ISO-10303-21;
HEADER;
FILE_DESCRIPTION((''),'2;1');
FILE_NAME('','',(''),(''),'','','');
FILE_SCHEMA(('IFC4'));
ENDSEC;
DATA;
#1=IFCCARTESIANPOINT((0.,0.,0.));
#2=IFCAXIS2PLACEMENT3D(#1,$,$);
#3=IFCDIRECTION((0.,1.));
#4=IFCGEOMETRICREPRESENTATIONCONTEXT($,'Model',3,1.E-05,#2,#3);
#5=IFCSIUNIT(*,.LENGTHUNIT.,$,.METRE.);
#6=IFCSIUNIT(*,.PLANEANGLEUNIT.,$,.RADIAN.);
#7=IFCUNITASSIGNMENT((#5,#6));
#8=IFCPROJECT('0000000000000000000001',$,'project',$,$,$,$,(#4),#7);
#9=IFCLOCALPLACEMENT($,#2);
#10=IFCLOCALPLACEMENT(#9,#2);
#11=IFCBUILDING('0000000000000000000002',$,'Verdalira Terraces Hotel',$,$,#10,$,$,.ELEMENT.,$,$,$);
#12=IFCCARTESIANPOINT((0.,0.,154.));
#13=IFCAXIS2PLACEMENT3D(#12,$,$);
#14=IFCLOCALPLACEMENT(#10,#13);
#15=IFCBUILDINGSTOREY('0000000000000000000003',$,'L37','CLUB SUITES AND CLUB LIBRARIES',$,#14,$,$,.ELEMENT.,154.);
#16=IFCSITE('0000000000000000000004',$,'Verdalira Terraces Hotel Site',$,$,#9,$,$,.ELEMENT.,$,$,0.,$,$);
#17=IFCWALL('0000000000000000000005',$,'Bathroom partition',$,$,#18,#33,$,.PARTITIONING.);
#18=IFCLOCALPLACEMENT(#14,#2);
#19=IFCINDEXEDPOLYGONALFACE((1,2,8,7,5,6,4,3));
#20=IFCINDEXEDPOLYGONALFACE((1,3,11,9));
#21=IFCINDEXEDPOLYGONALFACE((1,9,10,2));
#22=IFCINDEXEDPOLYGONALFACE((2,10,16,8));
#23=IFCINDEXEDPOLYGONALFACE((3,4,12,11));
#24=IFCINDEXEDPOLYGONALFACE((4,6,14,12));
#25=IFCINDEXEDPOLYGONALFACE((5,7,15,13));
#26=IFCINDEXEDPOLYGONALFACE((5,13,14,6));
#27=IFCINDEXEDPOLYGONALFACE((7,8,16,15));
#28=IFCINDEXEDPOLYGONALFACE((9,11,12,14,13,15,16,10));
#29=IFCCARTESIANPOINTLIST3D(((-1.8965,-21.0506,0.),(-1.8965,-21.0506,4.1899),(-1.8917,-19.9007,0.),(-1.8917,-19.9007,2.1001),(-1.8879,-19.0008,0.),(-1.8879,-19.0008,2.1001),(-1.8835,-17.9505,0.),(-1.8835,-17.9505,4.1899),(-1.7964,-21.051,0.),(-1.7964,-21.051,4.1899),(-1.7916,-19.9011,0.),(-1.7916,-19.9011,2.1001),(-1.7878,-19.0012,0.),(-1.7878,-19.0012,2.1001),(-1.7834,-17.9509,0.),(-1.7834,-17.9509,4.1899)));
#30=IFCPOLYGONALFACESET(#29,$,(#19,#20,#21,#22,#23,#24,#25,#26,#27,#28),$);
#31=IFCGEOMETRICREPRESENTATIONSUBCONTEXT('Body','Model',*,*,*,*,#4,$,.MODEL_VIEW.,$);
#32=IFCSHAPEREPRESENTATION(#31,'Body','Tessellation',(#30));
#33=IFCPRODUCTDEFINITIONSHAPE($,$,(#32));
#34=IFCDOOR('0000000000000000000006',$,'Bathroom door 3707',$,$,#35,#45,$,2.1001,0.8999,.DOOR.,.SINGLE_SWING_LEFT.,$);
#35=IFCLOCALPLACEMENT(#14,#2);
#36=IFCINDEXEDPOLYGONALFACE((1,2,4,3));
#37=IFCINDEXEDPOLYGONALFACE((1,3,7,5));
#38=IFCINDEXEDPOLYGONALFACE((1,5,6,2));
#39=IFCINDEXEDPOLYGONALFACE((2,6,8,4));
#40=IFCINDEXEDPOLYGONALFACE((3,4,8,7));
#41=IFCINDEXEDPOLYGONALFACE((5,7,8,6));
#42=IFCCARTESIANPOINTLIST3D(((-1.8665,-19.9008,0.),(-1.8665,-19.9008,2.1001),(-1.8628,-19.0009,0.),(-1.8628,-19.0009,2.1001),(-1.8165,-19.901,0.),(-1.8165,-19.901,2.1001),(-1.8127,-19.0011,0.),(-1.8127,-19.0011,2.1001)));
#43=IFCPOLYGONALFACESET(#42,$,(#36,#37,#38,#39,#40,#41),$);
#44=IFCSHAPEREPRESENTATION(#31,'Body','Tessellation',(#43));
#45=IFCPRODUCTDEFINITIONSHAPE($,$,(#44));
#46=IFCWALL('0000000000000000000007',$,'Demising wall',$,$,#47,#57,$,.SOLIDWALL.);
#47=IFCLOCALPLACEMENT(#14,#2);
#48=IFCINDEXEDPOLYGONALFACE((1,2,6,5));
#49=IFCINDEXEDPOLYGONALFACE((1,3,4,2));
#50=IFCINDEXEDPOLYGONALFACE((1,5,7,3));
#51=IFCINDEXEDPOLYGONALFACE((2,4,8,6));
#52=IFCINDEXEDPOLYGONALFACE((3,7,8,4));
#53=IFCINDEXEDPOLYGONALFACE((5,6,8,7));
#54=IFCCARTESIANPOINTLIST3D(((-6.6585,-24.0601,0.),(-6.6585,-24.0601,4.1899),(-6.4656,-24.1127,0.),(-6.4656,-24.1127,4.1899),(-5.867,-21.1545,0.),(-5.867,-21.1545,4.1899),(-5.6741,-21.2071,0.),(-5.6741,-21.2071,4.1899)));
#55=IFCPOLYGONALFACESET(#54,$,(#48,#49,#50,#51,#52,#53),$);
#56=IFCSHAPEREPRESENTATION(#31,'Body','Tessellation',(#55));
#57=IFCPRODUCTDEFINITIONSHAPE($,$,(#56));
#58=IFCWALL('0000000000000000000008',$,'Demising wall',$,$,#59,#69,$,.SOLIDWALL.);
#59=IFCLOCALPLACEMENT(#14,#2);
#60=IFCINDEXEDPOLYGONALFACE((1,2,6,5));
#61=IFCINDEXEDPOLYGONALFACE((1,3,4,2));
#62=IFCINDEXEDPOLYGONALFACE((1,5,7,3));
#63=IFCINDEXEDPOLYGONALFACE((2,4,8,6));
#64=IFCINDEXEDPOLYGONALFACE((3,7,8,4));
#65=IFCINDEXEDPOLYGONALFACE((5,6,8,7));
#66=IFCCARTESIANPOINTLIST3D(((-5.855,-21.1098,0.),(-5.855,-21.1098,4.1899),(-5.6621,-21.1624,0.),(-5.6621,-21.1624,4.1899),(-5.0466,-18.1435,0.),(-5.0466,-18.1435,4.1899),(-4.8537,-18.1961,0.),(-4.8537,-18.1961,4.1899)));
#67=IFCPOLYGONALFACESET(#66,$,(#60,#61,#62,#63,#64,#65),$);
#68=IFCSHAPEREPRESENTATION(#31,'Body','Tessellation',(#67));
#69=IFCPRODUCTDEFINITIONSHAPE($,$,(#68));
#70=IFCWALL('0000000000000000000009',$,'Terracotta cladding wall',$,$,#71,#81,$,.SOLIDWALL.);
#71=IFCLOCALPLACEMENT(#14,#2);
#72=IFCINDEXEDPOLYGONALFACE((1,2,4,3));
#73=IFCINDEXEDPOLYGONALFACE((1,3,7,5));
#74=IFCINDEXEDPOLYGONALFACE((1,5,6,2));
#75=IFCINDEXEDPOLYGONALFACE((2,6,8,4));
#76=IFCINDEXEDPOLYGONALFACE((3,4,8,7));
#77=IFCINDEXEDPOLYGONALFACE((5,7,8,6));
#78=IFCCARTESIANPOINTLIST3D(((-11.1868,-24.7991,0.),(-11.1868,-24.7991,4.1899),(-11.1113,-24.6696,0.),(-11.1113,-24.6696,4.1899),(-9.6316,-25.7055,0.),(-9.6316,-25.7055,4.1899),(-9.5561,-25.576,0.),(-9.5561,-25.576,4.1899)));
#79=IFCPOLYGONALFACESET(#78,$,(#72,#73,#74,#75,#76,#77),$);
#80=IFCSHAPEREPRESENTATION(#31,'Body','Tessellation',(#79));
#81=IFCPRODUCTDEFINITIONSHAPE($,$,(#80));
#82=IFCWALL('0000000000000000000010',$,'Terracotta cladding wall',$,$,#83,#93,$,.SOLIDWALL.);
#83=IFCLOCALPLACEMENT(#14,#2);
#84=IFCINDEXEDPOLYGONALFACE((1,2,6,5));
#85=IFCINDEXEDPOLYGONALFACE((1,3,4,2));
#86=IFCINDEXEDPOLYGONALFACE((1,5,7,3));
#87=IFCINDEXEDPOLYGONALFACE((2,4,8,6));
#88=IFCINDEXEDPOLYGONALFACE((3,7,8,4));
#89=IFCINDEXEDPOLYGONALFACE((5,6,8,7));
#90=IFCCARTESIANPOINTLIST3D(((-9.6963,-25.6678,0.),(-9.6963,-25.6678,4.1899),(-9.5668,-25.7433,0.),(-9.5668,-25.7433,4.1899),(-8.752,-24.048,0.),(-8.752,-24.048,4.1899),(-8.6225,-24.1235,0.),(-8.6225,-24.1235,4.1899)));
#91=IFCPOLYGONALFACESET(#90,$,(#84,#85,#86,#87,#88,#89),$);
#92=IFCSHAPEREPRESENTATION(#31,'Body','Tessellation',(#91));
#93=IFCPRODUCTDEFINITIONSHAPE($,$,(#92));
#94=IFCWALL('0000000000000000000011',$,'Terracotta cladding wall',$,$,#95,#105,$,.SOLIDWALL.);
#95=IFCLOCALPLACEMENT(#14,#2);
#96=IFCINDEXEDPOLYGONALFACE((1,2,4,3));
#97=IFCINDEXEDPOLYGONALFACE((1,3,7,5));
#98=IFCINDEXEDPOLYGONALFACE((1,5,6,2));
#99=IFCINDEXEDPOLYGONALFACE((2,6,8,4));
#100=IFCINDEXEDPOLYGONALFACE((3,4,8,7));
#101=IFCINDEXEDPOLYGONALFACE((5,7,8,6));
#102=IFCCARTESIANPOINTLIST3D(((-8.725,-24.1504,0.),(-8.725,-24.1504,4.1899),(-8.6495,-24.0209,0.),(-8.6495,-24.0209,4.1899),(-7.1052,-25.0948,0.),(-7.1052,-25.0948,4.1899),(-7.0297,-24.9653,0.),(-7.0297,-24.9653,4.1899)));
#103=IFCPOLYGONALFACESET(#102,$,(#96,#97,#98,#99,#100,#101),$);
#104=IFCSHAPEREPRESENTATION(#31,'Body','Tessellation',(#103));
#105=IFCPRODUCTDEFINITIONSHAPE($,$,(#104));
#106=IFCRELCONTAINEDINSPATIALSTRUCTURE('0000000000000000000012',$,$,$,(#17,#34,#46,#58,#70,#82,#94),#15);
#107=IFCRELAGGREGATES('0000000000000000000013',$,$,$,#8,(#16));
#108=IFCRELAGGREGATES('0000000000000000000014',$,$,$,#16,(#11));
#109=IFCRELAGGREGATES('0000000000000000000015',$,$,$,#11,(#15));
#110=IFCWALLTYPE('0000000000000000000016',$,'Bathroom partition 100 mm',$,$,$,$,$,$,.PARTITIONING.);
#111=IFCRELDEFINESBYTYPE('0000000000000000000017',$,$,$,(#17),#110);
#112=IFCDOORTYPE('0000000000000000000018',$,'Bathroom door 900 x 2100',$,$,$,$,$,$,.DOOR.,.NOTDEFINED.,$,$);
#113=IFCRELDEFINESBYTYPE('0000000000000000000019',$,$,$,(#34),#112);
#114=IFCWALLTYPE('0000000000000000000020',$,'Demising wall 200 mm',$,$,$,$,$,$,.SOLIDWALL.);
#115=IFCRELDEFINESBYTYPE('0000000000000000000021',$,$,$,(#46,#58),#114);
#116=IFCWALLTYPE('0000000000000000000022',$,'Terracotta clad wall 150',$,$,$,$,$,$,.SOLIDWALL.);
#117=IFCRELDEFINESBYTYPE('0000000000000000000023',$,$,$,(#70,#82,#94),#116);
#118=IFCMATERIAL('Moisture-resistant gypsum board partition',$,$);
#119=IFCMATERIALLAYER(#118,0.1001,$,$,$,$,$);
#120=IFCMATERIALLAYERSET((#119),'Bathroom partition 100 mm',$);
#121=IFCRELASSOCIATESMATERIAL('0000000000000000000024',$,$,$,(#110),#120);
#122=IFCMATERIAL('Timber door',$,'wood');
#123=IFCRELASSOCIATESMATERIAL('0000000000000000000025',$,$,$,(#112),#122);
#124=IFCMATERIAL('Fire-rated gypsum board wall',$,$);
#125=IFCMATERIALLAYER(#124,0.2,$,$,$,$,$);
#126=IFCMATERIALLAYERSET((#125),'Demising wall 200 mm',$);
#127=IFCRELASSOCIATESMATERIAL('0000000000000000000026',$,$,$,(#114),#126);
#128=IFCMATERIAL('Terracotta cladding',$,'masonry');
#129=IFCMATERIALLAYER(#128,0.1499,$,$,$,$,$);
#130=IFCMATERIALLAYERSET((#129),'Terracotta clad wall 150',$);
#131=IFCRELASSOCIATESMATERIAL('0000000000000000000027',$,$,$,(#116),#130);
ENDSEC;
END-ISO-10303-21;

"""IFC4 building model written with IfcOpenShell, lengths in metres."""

from ifc_helpers import new_model, si_unit, direction, frame, frame_2d, origin, place, context, subcontext, project, spatial, rectangle, extrude, material, layer, layer_set, type_object, element, fill, save


model = new_model("IFC4")

# Units and contexts
model_context = context("Model", 3, precision=1e-05, world=origin(), true_north=direction((0.0, 1.0)))
body_context = subcontext(model_context, "Body", "Model", "MODEL_VIEW")
ifc_project = project(units=[si_unit("LENGTHUNIT", "METRE"), si_unit("PLANEANGLEUNIT", "RADIAN")], contexts=[model_context])

# Site, building, storey
site_placement = place(None, origin())
site = spatial("IfcSite", under=ifc_project, at=site_placement, Name="Verdalira Terraces Hotel Site", CompositionType="ELEMENT", RefElevation=0.0)
building_placement = place(site_placement, origin())
building = spatial("IfcBuilding", under=site, at=building_placement, Name="Verdalira Terraces Hotel", CompositionType="ELEMENT")
storey_placement = place(building_placement, frame((0.0, 0.0, 154.0)))
storey = spatial("IfcBuildingStorey", under=building, at=storey_placement, Name="L37", Description="CLUB SUITES AND CLUB LIBRARIES", CompositionType="ELEMENT", Elevation=154.0)

# Shared definitions
ifc_material_1 = material(Name="Moisture-resistant gypsum board partition")
ifc_layer_1 = layer(ifc_material_1, 0.1001)
ifc_layer_set_1 = layer_set([ifc_layer_1], Name="Bathroom partition 100 mm")
wall_type_1 = type_object("IfcWallType", Name="Bathroom partition 100 mm", PredefinedType="PARTITIONING", material=ifc_layer_set_1)

# Wall, opening, door
wall_1_placement = place(storey_placement, frame((-1.8464, -21.0508, 0.0), z_axis=(0.0, 0.0, 1.0), x_axis=(0.004174, 0.999991, 0.0)))
wall_1 = element("IfcWall", 1, at=wall_1_placement, inside=storey, type_object=wall_type_1, Name="Bathroom partition", PredefinedType="PARTITIONING", context=body_context, shape_type="SweptSolid", body=[
    extrude(rectangle(XDim=3.1001, YDim=0.1001, at=frame_2d((1.55, 0.0))), origin(), (0.0, 0.0, 1.0), 4.1899),
])
opening_placement = place(wall_1_placement, frame((1.1499, 0.0, 0.0)))
opening = element("IfcOpeningElement", 2, at=opening_placement, cuts=wall_1, PredefinedType="OPENING", context=body_context, shape_type="SweptSolid", body=[
    extrude(rectangle(XDim=0.8999, YDim=2.1001, at=frame_2d((0.45, 1.05))), frame((0.0, 0.0601, 0.0), z_axis=(0.0, -1.0, 0.0), x_axis=(1.0, 0.0, 0.0)), (0.0, 0.0, 1.0), 0.1201),
])
ifc_material_2 = material(Name="Timber door", Category="wood")
door_type = type_object("IfcDoorType", Name="Bathroom door 900 x 2100", OperationType="NOTDEFINED", PredefinedType="DOOR", material=ifc_material_2)
door_placement = place(opening_placement, origin())
door = element("IfcDoor", 3, at=door_placement, inside=storey, type_object=door_type, Name="Bathroom door 3707", OperationType="SINGLE_SWING_LEFT", OverallHeight=2.1001, OverallWidth=0.8999, PredefinedType="DOOR", context=body_context, shape_type="SweptSolid", body=[
    extrude(rectangle(XDim=0.8999, YDim=2.1001, at=frame_2d((0.45, 1.05))), frame((0.0, 0.0249, 0.0), z_axis=(0.0, -1.0, 0.0), x_axis=(1.0, 0.0, 0.0)), (0.0, 0.0, 1.0), 0.05),
])
fill(opening, door)

# Walls
ifc_material_3 = material(Name="Fire-rated gypsum board wall")
ifc_layer_2 = layer(ifc_material_3, 0.2)
ifc_layer_set_2 = layer_set([ifc_layer_2], Name="Demising wall 200 mm")
wall_type_2 = type_object("IfcWallType", Name="Demising wall 200 mm", PredefinedType="SOLIDWALL", material=ifc_layer_set_2)
wall_2_placement = place(storey_placement, frame((-5.7705, -21.1807, 0.0), z_axis=(0.0, 0.0, 1.0), x_axis=(-0.262836, -0.96484, 0.0)))
element("IfcWall", 4, at=wall_2_placement, inside=storey, type_object=wall_type_2, Name="Demising wall", PredefinedType="SOLIDWALL", context=body_context, shape_type="SweptSolid", body=[
    extrude(rectangle(XDim=3.0115, YDim=0.2, at=frame_2d((1.5059, 0.0))), origin(), (0.0, 0.0, 1.0), 4.1899),
])
wall_3_placement = place(storey_placement, frame((-4.9502, -18.1699, 0.0), z_axis=(0.0, 0.0, 1.0), x_axis=(-0.262923, -0.964817, 0.0)))
element("IfcWall", 5, at=wall_3_placement, inside=storey, type_object=wall_type_2, Name="Demising wall", PredefinedType="SOLIDWALL", context=body_context, shape_type="SweptSolid", body=[
    extrude(rectangle(XDim=3.0745, YDim=0.2, at=frame_2d((1.5371, 0.0))), origin(), (0.0, 0.0, 1.0), 4.1899),
])
ifc_material_4 = material(Name="Terracotta cladding", Category="masonry")
ifc_layer_3 = layer(ifc_material_4, 0.1499)
ifc_layer_set_3 = layer_set([ifc_layer_3], Name="Terracotta clad wall 150")
wall_type_3 = type_object("IfcWallType", Name="Terracotta clad wall 150", PredefinedType="SOLIDWALL", material=ifc_layer_set_3)
wall_4_placement = place(storey_placement, frame((-11.1489, -24.7344, 0.0), z_axis=(0.0, 0.0, 1.0), x_axis=(0.863946, -0.503584, 0.0)))
element("IfcWall", 6, at=wall_4_placement, inside=storey, type_object=wall_type_3, Name="Terracotta cladding wall", PredefinedType="SOLIDWALL", context=body_context, shape_type="SweptSolid", body=[
    extrude(rectangle(XDim=1.8, YDim=0.1499, at=frame_2d((0.8999, 0.0))), origin(), (0.0, 0.0, 1.0), 4.1899),
])
for number, where, z_axis, x_axis, name in (
    (7, (-9.6316, -25.7056, 0.0), (0.0, 0.0, 1.0), (0.503636, 0.863916, 0.0), "Terracotta cladding wall"),
    (8, (-8.6873, -24.0857, 0.0), (0.0, 0.0, 1.0), (0.863916, -0.503636, 0.0), "Terracotta cladding wall"),
):
    element("IfcWall", number, at=place(storey_placement, frame(where, z_axis=z_axis, x_axis=x_axis)), inside=storey, type_object=wall_type_3, Name=name, PredefinedType="SOLIDWALL", context=body_context, shape_type="SweptSolid", body=[
        extrude(rectangle(XDim=1.875, YDim=0.1499, at=frame_2d((0.9375, 0.0))), origin(), (0.0, 0.0, 1.0), 4.1899),
    ])

save(model, "model.ifc")
